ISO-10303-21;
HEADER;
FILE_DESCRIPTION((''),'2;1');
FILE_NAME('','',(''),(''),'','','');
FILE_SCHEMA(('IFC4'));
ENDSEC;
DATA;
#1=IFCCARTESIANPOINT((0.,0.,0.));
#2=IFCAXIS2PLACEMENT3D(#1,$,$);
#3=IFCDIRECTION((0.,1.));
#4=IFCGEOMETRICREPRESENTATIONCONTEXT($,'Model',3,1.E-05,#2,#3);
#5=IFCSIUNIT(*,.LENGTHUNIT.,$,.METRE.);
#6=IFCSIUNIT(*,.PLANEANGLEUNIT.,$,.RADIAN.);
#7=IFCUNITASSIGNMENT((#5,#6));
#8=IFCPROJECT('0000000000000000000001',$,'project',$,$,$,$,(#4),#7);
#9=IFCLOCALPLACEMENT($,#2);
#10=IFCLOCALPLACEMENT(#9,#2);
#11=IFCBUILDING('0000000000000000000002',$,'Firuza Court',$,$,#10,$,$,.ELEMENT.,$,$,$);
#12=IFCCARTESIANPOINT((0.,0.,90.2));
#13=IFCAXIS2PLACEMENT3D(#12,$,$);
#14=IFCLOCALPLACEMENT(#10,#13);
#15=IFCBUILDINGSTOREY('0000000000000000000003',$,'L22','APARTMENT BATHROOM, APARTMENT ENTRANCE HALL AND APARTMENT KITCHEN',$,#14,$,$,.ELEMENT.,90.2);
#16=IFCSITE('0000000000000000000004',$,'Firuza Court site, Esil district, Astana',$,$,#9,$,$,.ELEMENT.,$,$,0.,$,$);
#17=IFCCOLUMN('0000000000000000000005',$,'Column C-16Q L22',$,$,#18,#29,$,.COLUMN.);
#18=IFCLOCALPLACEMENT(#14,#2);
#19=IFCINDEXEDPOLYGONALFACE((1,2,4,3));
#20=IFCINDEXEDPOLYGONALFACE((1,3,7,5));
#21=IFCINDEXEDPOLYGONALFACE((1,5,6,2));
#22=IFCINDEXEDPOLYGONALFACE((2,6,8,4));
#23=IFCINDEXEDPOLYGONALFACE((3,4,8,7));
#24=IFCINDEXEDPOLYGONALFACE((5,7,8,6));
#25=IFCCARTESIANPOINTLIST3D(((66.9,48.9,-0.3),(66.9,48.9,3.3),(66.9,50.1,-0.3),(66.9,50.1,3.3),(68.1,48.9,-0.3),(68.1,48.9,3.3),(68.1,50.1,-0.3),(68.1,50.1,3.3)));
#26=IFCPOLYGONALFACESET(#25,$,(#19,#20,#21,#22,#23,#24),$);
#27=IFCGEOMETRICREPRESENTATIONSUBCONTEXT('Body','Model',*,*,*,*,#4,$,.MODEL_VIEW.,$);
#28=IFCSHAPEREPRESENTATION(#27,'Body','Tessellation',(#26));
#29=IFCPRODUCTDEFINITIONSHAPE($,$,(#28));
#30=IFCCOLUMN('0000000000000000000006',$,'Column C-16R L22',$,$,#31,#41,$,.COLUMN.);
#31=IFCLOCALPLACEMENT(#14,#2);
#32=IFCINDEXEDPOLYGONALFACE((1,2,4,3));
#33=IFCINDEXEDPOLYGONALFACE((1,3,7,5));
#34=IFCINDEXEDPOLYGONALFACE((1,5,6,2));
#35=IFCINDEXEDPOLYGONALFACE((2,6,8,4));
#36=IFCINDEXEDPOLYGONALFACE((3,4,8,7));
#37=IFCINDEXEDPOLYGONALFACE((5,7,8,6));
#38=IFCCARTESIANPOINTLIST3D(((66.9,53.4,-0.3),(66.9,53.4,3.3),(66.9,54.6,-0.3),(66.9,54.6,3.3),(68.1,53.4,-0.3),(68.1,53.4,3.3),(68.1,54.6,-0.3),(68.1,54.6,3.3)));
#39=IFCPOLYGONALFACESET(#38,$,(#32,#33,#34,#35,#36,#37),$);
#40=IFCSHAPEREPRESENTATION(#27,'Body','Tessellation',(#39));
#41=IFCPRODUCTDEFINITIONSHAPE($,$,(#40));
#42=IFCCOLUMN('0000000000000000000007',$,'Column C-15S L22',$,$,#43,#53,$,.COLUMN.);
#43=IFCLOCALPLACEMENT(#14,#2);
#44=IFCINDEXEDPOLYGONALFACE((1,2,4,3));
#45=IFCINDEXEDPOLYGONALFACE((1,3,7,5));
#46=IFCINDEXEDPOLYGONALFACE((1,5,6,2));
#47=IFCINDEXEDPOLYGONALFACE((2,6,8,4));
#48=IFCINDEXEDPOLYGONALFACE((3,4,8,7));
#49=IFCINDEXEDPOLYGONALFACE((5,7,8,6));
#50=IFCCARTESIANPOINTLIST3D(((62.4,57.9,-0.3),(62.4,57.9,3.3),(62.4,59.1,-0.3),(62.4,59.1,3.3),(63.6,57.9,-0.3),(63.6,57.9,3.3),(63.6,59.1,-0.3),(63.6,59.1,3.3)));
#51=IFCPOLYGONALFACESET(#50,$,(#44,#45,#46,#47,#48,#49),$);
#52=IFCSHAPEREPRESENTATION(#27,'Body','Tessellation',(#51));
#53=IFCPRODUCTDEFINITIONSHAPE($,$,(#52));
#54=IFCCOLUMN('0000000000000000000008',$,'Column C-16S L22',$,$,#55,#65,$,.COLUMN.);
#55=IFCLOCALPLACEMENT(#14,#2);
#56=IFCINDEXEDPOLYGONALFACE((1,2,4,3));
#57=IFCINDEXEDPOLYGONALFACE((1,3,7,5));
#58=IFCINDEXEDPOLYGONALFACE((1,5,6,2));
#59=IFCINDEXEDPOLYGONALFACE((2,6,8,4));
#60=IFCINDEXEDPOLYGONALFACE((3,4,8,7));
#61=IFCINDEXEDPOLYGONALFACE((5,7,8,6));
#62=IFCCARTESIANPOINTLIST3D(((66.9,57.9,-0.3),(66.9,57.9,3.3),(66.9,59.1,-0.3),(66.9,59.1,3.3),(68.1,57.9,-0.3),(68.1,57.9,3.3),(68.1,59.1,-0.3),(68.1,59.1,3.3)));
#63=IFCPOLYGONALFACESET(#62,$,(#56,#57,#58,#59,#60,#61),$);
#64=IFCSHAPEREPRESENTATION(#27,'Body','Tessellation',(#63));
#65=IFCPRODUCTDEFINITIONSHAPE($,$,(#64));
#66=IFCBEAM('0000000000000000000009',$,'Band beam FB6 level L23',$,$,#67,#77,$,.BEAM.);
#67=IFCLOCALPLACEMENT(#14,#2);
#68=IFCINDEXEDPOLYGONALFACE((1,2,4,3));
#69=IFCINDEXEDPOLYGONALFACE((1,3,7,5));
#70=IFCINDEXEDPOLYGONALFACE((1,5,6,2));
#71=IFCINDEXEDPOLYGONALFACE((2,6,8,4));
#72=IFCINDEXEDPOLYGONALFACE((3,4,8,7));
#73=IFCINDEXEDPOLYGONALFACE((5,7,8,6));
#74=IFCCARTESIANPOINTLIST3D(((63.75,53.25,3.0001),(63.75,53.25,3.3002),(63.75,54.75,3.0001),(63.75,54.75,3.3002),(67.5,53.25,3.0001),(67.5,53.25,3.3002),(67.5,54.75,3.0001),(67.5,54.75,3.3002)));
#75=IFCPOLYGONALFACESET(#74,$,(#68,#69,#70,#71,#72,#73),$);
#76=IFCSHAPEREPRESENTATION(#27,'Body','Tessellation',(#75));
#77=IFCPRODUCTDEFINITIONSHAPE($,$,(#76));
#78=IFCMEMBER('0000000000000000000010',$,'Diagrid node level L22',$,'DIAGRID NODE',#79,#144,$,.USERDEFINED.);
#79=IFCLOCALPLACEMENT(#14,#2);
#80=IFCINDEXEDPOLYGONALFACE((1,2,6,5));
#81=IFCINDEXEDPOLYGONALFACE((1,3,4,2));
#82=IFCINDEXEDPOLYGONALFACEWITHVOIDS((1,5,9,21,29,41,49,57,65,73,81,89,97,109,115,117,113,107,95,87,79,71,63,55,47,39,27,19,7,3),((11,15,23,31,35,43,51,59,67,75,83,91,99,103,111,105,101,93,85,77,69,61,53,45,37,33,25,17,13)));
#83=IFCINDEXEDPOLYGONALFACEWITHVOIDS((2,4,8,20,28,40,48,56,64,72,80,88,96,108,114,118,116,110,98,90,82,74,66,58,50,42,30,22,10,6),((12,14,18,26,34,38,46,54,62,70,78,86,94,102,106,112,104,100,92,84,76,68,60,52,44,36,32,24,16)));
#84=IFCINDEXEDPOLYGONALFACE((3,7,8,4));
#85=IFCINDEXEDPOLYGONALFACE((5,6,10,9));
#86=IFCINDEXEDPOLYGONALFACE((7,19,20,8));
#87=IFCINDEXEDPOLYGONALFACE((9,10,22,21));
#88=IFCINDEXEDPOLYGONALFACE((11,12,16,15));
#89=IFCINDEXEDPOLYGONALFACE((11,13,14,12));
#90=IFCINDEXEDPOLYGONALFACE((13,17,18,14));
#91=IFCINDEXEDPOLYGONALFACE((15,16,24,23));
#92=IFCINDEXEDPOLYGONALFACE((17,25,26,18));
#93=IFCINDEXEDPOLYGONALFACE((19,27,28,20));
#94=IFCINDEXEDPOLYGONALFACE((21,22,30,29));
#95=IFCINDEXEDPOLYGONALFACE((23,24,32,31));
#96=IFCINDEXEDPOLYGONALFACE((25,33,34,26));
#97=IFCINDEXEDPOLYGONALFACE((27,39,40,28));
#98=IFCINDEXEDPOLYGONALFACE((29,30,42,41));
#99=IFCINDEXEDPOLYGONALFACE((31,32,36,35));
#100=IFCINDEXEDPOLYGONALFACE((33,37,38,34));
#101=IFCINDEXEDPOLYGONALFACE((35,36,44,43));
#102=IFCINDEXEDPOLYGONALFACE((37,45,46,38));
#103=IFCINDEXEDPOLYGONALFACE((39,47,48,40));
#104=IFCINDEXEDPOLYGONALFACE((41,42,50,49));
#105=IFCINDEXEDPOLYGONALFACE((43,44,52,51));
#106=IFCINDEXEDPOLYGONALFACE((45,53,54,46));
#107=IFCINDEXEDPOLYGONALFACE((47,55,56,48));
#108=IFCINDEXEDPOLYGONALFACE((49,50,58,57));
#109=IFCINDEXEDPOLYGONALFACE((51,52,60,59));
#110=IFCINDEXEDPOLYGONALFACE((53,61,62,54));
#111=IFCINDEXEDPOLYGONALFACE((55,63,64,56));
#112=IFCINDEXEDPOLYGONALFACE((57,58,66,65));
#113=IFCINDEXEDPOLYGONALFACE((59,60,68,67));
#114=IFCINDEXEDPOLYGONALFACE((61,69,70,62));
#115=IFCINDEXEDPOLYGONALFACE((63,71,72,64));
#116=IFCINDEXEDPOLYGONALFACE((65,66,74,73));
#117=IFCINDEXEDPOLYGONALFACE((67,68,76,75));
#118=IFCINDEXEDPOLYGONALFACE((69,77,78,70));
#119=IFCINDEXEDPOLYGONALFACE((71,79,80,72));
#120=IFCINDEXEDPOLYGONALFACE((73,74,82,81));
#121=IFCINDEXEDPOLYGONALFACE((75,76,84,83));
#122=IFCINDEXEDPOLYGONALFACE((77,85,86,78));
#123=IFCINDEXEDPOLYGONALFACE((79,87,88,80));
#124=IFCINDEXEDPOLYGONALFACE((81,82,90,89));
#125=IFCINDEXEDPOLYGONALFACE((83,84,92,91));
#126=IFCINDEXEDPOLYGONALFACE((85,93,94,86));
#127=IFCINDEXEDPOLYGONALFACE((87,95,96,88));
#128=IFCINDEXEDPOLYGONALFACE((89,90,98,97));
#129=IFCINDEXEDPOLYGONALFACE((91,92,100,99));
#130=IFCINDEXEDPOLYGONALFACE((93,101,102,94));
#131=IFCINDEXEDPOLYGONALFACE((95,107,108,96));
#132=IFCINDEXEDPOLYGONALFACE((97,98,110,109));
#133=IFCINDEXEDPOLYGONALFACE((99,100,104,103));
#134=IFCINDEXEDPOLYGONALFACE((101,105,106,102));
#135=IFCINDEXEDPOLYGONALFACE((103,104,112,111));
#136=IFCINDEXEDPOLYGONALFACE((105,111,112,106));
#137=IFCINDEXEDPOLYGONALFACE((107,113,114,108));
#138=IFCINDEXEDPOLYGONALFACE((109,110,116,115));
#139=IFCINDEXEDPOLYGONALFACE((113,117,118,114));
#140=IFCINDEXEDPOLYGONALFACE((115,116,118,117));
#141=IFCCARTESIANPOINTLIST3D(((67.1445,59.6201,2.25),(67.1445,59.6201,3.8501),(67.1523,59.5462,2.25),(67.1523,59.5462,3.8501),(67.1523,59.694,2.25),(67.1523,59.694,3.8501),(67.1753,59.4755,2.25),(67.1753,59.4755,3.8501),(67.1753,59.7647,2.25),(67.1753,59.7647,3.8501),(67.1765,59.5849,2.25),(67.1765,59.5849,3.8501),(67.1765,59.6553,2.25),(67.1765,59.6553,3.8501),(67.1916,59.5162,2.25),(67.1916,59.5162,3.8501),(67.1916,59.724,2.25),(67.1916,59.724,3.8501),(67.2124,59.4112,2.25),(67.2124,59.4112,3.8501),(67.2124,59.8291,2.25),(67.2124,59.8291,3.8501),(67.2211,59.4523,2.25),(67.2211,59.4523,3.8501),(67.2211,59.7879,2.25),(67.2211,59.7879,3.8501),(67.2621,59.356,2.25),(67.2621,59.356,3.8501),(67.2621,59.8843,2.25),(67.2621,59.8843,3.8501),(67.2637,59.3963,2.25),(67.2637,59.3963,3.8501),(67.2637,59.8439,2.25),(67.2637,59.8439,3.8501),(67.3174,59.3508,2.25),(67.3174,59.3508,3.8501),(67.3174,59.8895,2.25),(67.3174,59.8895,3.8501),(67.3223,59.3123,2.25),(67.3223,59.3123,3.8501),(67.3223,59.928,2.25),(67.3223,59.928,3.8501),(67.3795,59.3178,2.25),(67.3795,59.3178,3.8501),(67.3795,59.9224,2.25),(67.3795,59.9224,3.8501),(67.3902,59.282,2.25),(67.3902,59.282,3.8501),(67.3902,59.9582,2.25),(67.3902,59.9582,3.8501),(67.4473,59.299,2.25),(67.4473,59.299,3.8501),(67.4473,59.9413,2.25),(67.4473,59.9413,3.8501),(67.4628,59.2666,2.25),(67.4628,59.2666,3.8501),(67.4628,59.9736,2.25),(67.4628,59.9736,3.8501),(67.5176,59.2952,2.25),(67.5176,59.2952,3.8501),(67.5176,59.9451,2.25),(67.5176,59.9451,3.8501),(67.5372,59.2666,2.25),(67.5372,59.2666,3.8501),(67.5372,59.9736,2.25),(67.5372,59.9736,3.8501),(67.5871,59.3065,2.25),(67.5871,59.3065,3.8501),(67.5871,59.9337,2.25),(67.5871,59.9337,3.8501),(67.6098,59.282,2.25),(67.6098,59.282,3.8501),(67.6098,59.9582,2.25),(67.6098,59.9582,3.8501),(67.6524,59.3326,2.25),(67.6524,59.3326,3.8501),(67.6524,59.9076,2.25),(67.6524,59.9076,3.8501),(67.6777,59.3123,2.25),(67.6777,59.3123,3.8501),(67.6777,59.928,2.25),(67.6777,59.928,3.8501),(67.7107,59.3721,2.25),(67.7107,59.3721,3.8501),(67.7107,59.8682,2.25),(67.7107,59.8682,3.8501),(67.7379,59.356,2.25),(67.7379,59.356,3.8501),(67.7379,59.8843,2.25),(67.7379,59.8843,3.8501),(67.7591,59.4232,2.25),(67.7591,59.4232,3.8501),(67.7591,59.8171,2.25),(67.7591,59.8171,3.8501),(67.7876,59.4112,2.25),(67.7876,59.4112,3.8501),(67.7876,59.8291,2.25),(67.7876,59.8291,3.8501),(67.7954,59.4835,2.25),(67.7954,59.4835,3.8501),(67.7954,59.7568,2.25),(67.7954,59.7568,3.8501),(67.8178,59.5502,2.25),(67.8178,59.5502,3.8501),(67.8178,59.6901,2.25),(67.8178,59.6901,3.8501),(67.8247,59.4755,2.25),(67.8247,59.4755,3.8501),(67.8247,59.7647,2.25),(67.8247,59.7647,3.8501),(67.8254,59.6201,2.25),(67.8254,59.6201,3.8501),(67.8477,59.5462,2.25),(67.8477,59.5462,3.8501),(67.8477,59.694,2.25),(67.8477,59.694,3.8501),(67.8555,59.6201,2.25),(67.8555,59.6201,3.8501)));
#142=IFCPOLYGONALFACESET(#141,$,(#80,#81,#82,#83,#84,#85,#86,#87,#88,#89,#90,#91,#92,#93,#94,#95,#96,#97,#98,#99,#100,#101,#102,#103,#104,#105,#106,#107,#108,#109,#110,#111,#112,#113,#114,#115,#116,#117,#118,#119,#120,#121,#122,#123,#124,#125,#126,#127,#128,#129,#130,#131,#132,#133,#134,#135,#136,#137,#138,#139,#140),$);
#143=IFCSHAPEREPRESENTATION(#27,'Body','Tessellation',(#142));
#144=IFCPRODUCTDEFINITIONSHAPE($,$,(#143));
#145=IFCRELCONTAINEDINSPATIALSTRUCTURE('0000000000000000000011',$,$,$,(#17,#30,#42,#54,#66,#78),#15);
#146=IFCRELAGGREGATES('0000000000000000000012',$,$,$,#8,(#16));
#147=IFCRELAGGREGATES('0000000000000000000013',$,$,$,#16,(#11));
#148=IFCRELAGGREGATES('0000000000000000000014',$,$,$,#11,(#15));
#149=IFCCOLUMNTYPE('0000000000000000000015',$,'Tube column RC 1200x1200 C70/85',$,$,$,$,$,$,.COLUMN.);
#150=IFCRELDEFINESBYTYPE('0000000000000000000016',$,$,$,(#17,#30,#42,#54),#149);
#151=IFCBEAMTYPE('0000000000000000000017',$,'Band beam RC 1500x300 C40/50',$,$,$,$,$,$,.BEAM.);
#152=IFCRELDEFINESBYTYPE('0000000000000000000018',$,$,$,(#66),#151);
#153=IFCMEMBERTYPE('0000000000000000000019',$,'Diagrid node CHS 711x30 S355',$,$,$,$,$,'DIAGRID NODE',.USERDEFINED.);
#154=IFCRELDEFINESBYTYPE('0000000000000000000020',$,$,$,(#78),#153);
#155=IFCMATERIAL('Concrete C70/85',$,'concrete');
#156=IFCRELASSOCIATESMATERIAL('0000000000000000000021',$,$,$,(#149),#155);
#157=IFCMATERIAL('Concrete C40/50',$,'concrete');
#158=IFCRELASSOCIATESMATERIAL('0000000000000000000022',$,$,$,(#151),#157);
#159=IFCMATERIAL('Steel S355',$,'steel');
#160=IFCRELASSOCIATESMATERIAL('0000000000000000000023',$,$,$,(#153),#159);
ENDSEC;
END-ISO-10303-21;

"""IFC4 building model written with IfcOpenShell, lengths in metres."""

from ifc_helpers import new_model, si_unit, direction, frame, origin, origin_2d, place, context, subcontext, project, spatial, rectangle, hollow_circle, extrude, material, material_profile, profile_set, type_object, element, save


model = new_model("IFC4")

# Units and contexts
model_context = context("Model", 3, precision=1e-05, world=origin(), true_north=direction((0.0, 1.0)))
body_context = subcontext(model_context, "Body", "Model", "MODEL_VIEW")
ifc_project = project(units=[si_unit("LENGTHUNIT", "METRE"), si_unit("PLANEANGLEUNIT", "RADIAN")], contexts=[model_context])

# Site, building, storey
site_placement = place(None, origin())
site = spatial("IfcSite", under=ifc_project, at=site_placement, Name="Firuza Court site, Esil district, Astana", CompositionType="ELEMENT", RefElevation=0.0)
building_placement = place(site_placement, origin())
building = spatial("IfcBuilding", under=site, at=building_placement, Name="Firuza Court", CompositionType="ELEMENT")
storey_placement = place(building_placement, frame((0.0, 0.0, 90.2)))
storey = spatial("IfcBuildingStorey", under=building, at=storey_placement, Name="L22", Description="APARTMENT BATHROOM, APARTMENT ENTRANCE HALL AND APARTMENT KITCHEN", CompositionType="ELEMENT", Elevation=90.2)

# Columns
ifc_material_1 = material(Name="Concrete C70/85", Category="concrete")
ifc_material_profile_1 = material_profile(ifc_material_1, rectangle(XDim=1.2, YDim=1.2, at=origin_2d()), Name="RC 1200x1200")
ifc_profile_set_1 = profile_set([ifc_material_profile_1], Name="Concrete C70/85")
column_type = type_object("IfcColumnType", Name="Tube column RC 1200x1200 C70/85", PredefinedType="COLUMN", material=ifc_profile_set_1)
for number, where, z_axis, x_axis, name in (
    (1, (67.5, 49.5, -0.3), (0.0, 0.0, 1.0), (1.0, 0.0, 0.0), "Column C-16Q L22"),
    (2, (67.5, 54.0, -0.3), (0.0, 0.0, 1.0), (1.0, 0.0, 0.0), "Column C-16R L22"),
    (3, (63.0, 58.5, -0.3), (0.0, 0.0, 1.0), (1.0, 0.0, 0.0), "Column C-15S L22"),
    (4, (67.5, 58.5, -0.3), (0.0, 0.0, 1.0), (1.0, 0.0, 0.0), "Column C-16S L22"),
):
    element("IfcColumn", number, at=place(storey_placement, frame(where, z_axis=z_axis, x_axis=x_axis)), inside=storey, type_object=column_type, Name=name, PredefinedType="COLUMN", context=body_context, shape_type="SweptSolid", body=[
        extrude(rectangle(XDim=1.2, YDim=1.2, at=origin_2d()), origin(), (0.0, 0.0, 1.0), 3.6001),
    ])

# Beam
ifc_material_2 = material(Name="Concrete C40/50", Category="concrete")
ifc_material_profile_2 = material_profile(ifc_material_2, rectangle(XDim=1.5, YDim=0.3, at=origin_2d()), Name="RC 1500x300")
ifc_profile_set_2 = profile_set([ifc_material_profile_2], Name="Concrete C40/50")
beam_type_1 = type_object("IfcBeamType", Name="Band beam RC 1500x300 C40/50", PredefinedType="BEAM", material=ifc_profile_set_2)
beam_placement = place(storey_placement, frame((67.5, 54.0, 3.1501), z_axis=(-1.0, 0.0, 0.0), x_axis=(0.0, -1.0, 0.0)))
element("IfcBeam", 5, at=beam_placement, inside=storey, type_object=beam_type_1, Name="Band beam FB6 level L23", PredefinedType="BEAM", context=body_context, shape_type="SweptSolid", body=[
    extrude(rectangle(XDim=1.5, YDim=0.3, at=origin_2d()), origin(), (0.0, 0.0, 1.0), 3.75),
])

# Member
ifc_material_3 = material(Name="Steel S355", Category="steel")
ifc_material_profile_3 = material_profile(ifc_material_3, hollow_circle(Radius=0.3555, WallThickness=0.03, at=origin_2d()), Name="CHS 711x30")
ifc_profile_set_3 = profile_set([ifc_material_profile_3], Name="Steel S355")
member_type_1 = type_object("IfcMemberType", Name="Diagrid node CHS 711x30 S355", ElementType="DIAGRID NODE", PredefinedType="USERDEFINED", material=ifc_profile_set_3)
for number, where, z_axis, x_axis, name in (
    (6, (67.5, 59.6201, 2.25), (0.0, 0.0, 1.0), (1.0, 0.0, 0.0), "Diagrid node level L22"),
):
    element("IfcMember", number, at=place(storey_placement, frame(where, z_axis=z_axis, x_axis=x_axis)), inside=storey, type_object=member_type_1, Name=name, ObjectType="DIAGRID NODE", PredefinedType="USERDEFINED", context=body_context, shape_type="SweptSolid", body=[
        extrude(hollow_circle(Radius=0.3555, WallThickness=0.03, at=origin_2d()), origin(), (0.0, 0.0, 1.0), 1.6001),
    ])

save(model, "model.ifc")
